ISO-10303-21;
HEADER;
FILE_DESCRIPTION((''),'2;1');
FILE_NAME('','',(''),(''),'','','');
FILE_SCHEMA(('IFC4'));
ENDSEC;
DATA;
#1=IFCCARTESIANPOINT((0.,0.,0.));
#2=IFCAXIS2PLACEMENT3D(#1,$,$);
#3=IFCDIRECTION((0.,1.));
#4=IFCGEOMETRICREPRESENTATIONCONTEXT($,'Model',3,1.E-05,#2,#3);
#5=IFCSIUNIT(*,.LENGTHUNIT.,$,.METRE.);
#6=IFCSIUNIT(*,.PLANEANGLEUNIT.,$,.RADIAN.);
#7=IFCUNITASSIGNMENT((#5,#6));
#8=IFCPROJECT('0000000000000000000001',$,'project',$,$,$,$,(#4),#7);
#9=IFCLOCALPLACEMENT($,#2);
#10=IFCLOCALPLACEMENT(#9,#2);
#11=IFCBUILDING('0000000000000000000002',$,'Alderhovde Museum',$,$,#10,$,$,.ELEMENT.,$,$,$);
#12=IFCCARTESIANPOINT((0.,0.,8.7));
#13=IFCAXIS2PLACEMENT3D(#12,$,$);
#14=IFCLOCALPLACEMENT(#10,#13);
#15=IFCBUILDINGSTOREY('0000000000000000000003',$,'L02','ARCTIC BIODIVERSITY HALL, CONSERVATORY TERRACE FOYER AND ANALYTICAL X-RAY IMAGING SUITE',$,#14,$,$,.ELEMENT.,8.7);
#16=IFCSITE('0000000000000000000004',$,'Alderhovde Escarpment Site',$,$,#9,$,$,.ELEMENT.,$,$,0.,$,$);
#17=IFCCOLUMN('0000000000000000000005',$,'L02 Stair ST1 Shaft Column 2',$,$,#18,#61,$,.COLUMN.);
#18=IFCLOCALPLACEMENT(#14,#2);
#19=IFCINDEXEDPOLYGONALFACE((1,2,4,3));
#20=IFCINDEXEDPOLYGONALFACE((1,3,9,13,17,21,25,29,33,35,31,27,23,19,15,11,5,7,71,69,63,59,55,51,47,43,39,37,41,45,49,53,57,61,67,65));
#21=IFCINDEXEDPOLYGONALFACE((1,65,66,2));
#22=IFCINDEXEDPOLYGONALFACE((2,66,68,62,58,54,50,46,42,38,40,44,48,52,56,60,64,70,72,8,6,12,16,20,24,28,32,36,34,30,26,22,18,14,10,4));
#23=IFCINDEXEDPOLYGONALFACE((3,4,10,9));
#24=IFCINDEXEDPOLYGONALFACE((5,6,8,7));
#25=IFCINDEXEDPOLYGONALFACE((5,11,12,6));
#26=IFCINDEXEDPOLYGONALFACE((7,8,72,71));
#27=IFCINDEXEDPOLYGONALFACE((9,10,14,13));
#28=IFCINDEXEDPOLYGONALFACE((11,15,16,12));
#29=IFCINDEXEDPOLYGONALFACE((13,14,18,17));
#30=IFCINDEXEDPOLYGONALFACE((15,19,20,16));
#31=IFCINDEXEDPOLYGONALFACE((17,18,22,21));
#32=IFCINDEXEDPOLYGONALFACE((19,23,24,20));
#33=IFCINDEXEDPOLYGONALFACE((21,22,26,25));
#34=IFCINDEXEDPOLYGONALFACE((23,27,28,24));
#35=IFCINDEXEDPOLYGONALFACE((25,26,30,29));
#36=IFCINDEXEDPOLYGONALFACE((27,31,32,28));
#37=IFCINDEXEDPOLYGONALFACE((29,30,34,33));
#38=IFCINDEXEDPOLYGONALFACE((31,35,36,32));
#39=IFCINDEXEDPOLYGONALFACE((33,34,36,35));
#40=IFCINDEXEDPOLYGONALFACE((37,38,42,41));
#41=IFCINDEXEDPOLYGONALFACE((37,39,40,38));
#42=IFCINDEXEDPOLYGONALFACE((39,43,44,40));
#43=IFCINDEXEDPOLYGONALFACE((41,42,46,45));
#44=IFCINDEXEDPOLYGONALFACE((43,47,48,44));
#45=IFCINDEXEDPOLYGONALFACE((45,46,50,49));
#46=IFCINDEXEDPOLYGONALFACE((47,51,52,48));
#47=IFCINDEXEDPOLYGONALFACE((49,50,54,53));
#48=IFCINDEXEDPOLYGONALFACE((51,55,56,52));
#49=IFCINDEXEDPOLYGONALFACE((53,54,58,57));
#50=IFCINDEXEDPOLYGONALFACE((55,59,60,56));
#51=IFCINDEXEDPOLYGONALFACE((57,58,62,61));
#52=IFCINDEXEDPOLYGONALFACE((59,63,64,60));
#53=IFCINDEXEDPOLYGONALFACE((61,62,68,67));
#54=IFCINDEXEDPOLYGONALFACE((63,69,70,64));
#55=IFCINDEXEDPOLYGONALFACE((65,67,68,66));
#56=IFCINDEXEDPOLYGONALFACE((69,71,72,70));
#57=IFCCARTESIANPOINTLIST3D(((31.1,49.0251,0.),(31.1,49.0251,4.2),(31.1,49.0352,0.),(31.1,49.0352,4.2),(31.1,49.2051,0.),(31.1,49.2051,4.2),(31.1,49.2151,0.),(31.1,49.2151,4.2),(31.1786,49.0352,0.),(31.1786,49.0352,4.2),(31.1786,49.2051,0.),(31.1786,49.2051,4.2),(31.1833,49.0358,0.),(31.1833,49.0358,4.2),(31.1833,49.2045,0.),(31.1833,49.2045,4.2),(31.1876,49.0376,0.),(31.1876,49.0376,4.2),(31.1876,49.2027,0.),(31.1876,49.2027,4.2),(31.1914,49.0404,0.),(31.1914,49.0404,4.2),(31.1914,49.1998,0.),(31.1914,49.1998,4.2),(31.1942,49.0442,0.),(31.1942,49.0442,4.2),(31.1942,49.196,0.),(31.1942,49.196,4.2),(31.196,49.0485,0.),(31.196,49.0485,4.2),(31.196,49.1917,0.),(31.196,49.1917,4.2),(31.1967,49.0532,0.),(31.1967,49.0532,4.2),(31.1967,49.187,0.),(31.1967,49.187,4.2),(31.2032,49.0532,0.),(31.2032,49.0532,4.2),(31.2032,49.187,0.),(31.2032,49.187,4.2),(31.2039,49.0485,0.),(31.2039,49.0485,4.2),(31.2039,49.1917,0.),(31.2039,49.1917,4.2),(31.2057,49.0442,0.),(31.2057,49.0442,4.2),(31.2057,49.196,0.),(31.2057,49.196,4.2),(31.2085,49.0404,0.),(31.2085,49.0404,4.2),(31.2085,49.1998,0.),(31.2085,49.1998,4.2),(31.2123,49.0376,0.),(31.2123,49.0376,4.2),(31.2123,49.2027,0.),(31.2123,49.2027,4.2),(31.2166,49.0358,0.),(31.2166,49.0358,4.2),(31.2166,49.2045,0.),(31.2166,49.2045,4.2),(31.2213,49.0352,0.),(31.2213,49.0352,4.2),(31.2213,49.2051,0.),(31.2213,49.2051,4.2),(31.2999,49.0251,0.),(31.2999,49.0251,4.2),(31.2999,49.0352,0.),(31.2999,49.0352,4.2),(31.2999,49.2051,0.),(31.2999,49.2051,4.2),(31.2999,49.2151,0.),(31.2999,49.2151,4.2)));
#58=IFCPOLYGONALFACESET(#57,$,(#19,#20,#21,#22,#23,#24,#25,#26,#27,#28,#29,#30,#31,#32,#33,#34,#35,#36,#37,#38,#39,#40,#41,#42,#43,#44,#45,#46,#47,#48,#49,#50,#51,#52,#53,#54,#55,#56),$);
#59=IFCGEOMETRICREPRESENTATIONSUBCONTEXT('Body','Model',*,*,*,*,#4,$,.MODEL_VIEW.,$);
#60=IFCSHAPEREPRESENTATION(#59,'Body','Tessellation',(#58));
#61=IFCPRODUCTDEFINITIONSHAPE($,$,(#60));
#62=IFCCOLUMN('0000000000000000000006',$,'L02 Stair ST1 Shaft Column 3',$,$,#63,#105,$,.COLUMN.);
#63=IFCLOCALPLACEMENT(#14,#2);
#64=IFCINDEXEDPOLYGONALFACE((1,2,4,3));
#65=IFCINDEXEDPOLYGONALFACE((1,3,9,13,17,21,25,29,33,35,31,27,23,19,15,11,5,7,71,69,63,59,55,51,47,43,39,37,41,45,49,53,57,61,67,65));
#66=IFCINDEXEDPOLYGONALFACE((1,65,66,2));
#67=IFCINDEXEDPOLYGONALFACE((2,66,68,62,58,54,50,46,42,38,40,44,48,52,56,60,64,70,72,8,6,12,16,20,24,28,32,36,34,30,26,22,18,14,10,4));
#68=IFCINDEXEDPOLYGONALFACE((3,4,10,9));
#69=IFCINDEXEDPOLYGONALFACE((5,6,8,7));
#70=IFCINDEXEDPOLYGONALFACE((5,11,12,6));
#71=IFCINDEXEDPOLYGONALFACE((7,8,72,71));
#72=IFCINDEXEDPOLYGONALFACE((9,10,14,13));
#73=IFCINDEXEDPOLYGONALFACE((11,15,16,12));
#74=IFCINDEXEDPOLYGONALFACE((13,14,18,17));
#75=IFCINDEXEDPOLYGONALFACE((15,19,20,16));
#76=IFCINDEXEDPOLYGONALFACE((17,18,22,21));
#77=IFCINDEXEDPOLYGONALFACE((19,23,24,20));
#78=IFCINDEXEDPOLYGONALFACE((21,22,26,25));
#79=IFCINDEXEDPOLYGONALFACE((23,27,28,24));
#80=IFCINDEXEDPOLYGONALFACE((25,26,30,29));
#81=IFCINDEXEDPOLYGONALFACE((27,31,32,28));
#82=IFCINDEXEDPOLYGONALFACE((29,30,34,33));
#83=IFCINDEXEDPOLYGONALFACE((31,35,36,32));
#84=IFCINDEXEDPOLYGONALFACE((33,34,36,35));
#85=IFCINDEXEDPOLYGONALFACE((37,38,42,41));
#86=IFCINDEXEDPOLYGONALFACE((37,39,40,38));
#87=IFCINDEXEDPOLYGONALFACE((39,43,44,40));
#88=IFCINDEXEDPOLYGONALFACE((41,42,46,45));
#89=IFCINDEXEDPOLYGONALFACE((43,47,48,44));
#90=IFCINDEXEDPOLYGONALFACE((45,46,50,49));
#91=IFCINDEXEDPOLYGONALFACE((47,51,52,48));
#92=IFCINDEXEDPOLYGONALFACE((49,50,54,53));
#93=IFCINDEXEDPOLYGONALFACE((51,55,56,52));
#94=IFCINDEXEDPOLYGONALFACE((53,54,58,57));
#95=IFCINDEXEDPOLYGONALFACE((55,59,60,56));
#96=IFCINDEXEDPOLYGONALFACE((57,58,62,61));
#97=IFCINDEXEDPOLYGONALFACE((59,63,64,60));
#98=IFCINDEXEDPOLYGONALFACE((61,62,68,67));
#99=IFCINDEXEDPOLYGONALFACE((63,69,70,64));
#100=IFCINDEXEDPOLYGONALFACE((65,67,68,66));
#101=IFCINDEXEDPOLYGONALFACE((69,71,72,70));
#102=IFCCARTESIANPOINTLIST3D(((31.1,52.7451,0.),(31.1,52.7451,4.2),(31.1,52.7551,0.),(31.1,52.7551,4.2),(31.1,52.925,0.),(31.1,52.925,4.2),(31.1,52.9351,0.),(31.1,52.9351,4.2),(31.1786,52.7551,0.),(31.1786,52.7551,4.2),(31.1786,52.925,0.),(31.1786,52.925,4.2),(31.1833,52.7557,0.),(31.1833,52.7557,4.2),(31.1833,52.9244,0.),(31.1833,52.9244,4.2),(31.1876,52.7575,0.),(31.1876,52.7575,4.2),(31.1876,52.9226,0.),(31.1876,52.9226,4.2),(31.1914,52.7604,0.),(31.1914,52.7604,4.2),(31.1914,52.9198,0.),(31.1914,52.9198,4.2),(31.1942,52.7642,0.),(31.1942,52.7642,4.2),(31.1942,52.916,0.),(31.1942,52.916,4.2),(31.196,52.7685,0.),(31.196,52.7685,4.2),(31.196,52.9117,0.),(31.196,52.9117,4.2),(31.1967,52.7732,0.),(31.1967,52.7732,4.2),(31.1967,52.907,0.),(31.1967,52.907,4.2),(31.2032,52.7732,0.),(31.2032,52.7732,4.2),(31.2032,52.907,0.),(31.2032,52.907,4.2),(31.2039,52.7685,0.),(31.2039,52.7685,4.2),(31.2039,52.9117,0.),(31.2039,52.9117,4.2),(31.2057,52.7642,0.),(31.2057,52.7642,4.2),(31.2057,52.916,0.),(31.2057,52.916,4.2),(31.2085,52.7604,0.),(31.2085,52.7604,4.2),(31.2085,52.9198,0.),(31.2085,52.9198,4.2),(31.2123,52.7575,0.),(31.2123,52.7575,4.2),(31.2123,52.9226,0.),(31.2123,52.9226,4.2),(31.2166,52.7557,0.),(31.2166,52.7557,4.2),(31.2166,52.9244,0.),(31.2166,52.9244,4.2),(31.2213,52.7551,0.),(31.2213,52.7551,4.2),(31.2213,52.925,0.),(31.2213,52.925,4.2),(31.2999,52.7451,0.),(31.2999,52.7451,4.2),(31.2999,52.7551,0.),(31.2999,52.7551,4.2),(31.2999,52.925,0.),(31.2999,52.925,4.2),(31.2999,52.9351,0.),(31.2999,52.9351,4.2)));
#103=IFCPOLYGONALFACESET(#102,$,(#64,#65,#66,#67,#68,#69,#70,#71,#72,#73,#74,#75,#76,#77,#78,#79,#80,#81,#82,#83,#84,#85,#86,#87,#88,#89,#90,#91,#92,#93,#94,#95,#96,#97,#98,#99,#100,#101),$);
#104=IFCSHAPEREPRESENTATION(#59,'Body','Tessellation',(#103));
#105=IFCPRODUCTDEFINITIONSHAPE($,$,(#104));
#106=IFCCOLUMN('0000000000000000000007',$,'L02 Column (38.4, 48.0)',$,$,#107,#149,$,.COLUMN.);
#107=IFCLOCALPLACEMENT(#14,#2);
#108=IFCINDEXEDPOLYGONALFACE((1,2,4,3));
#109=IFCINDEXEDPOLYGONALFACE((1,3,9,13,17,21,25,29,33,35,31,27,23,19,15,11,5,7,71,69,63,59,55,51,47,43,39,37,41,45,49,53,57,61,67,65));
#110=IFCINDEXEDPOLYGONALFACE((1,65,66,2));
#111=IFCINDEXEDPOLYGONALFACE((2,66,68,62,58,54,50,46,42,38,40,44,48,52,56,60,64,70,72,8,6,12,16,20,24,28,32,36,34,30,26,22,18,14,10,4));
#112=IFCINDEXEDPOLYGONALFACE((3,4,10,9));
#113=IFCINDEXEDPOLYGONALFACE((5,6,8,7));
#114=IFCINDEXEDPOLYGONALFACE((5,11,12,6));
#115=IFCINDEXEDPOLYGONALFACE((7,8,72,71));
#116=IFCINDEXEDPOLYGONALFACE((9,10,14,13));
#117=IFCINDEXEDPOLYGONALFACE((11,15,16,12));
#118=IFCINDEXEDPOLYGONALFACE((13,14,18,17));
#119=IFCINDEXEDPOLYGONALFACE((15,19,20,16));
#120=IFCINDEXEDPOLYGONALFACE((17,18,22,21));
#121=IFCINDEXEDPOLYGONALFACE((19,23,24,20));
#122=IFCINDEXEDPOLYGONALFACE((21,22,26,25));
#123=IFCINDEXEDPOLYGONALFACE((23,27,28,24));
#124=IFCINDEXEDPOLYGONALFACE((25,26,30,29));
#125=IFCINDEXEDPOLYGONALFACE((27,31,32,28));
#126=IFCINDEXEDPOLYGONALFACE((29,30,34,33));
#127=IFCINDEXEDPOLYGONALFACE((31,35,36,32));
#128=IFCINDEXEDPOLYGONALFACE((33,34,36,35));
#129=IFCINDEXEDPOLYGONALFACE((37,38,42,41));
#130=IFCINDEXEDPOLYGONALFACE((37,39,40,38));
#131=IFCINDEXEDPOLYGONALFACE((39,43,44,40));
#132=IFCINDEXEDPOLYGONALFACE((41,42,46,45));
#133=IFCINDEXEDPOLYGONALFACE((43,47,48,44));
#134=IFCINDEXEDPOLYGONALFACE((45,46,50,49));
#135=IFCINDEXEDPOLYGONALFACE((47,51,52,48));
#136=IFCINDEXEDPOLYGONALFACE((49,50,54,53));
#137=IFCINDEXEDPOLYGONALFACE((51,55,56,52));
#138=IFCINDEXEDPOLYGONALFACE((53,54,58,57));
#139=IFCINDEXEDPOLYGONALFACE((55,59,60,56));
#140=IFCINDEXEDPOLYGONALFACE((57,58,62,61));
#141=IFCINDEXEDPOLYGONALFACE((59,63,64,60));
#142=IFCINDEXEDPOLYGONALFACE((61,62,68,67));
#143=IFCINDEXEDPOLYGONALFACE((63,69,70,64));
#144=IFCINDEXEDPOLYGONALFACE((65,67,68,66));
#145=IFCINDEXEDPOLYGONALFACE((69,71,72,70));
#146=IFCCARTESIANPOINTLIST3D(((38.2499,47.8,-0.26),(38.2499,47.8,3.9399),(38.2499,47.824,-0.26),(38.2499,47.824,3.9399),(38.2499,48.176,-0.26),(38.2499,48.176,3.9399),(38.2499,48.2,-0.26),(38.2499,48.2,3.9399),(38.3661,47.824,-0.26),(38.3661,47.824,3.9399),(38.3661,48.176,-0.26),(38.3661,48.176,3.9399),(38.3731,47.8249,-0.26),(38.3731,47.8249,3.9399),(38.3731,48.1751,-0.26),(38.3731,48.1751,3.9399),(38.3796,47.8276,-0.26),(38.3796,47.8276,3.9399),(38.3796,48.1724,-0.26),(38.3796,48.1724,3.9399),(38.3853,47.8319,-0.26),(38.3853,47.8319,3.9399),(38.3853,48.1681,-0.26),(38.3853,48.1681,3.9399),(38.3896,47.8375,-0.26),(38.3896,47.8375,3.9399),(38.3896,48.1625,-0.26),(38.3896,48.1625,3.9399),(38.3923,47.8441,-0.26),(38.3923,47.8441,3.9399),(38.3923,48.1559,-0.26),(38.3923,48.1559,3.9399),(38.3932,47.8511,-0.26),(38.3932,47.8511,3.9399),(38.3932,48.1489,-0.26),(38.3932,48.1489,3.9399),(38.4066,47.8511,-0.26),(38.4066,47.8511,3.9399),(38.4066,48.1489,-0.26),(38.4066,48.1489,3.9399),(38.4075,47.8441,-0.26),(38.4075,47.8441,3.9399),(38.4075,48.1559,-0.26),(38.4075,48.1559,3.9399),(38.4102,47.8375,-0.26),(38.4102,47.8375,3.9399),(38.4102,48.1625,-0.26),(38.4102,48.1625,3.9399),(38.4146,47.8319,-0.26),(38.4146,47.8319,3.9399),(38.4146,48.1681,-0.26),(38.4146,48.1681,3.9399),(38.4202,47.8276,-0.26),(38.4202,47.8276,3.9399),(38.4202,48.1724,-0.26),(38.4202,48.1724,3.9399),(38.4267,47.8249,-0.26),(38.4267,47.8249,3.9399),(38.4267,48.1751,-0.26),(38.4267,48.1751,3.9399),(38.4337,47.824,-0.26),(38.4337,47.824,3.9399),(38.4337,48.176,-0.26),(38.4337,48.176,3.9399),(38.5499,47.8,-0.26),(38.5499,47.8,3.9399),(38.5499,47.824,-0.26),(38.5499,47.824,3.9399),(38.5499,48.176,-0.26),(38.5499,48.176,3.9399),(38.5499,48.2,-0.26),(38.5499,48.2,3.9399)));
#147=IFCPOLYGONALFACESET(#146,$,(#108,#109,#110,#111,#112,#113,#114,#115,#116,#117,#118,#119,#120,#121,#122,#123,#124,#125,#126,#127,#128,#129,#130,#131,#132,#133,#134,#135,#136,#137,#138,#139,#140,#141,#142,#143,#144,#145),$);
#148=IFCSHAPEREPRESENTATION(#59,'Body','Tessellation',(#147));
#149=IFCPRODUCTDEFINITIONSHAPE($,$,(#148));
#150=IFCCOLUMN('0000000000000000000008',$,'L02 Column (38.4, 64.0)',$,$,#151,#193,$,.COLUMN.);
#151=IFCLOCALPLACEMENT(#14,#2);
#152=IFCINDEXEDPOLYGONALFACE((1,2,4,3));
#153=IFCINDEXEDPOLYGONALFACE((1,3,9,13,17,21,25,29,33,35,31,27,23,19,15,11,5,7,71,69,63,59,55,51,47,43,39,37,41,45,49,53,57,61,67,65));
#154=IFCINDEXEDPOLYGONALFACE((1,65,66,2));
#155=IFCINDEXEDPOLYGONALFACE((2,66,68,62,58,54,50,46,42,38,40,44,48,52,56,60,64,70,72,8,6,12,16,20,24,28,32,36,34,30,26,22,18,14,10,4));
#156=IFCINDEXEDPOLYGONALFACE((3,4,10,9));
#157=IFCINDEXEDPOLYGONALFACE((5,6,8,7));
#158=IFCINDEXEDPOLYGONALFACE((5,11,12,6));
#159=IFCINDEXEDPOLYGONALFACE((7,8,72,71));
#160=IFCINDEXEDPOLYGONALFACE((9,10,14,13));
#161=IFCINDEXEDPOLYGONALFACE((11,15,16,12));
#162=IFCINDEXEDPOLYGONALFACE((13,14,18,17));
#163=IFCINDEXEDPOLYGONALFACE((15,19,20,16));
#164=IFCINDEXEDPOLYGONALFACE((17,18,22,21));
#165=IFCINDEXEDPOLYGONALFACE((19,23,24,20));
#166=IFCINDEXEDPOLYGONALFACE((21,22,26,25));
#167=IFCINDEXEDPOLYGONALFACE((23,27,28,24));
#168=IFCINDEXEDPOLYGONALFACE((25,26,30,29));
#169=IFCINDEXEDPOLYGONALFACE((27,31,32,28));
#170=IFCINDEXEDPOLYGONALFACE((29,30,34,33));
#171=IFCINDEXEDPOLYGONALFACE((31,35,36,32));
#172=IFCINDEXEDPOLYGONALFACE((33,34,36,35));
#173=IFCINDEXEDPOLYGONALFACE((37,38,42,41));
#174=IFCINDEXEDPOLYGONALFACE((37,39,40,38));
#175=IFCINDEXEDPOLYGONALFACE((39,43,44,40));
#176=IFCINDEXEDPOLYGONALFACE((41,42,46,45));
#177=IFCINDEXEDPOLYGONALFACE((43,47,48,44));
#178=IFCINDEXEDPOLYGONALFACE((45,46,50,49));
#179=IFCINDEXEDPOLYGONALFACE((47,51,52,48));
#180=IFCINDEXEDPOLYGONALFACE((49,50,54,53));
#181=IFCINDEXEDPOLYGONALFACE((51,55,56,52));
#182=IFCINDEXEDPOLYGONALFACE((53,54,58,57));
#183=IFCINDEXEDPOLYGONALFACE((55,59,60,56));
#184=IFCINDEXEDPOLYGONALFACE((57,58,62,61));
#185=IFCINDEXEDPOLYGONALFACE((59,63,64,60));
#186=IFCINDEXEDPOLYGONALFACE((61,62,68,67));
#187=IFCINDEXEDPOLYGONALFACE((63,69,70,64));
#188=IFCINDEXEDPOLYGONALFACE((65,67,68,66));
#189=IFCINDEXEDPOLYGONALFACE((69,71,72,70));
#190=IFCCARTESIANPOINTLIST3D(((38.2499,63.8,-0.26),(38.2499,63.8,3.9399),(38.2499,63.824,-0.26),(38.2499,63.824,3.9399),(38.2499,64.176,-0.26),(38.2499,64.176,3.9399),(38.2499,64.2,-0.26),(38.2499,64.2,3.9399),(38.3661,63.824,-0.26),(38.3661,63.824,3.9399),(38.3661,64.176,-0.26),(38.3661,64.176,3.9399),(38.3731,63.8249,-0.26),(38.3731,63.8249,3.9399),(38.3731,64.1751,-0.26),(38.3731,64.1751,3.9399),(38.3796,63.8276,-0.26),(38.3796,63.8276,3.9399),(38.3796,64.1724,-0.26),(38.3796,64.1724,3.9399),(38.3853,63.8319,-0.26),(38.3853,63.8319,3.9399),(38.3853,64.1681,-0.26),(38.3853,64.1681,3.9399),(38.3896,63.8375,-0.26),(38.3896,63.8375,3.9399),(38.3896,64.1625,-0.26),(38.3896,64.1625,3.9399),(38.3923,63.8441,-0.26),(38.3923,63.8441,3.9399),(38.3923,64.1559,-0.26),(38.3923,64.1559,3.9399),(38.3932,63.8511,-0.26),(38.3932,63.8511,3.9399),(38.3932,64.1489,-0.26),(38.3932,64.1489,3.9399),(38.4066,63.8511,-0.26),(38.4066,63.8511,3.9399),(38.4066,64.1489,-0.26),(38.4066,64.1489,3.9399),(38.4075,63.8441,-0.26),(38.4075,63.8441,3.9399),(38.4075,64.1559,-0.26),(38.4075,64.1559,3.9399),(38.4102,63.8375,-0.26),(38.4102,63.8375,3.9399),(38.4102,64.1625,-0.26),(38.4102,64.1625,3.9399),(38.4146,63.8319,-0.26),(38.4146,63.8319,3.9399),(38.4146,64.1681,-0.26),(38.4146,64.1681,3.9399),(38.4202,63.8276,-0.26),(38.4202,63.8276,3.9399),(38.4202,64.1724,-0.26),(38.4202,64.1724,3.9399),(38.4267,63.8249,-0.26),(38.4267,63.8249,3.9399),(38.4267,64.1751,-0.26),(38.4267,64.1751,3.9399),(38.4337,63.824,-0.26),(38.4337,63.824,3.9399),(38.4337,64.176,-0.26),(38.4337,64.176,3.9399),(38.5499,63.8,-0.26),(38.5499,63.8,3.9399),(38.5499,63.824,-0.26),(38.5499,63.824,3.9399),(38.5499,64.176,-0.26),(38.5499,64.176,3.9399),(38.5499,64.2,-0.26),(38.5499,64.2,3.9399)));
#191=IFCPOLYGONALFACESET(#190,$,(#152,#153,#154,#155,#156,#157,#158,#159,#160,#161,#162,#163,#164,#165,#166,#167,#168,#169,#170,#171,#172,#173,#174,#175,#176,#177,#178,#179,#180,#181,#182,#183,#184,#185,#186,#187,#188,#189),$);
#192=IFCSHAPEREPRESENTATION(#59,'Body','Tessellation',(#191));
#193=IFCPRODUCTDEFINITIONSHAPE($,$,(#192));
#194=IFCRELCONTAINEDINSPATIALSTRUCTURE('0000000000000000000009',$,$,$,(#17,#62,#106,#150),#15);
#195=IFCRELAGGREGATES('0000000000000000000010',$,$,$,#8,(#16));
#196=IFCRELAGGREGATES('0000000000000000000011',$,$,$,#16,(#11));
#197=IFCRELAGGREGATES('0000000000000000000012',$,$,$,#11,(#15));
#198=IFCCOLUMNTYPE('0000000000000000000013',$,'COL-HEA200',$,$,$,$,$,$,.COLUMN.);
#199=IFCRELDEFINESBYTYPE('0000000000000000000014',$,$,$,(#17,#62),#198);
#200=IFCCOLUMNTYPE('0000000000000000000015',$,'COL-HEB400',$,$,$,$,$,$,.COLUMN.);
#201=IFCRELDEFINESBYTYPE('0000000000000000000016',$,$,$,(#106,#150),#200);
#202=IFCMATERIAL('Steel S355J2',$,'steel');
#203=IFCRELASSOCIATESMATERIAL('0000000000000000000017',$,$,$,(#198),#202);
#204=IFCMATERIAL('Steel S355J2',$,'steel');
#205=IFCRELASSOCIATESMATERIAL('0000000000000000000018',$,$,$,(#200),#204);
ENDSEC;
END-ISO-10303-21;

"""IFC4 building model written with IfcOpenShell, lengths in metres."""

from ifc_helpers import new_model, si_unit, direction, frame, origin, origin_2d, place, context, subcontext, project, spatial, i_section, extrude, material, material_profile, profile_set, type_object, element, save


model = new_model("IFC4")

# Units and contexts
model_context = context("Model", 3, precision=1e-05, world=origin(), true_north=direction((0.0, 1.0)))
body_context = subcontext(model_context, "Body", "Model", "MODEL_VIEW")
ifc_project = project(units=[si_unit("LENGTHUNIT", "METRE"), si_unit("PLANEANGLEUNIT", "RADIAN")], contexts=[model_context])

# Site, building, storey
site_placement = place(None, origin())
site = spatial("IfcSite", under=ifc_project, at=site_placement, Name="Alderhovde Escarpment Site", CompositionType="ELEMENT", RefElevation=0.0)
building_placement = place(site_placement, origin())
building = spatial("IfcBuilding", under=site, at=building_placement, Name="Alderhovde Museum", CompositionType="ELEMENT")
storey_placement = place(building_placement, frame((0.0, 0.0, 8.7)))
storey = spatial("IfcBuildingStorey", under=building, at=storey_placement, Name="L02", Description="ARCTIC BIODIVERSITY HALL, CONSERVATORY TERRACE FOYER AND ANALYTICAL X-RAY IMAGING SUITE", CompositionType="ELEMENT", Elevation=8.7)

# Columns
ifc_material_1 = material(Name="Steel S355J2", Category="steel")
ifc_material_profile_1 = material_profile(ifc_material_1, i_section(OverallWidth=0.2, OverallDepth=0.1899, WebThickness=0.0066, FlangeThickness=0.01, FilletRadius=0.0181, at=origin_2d()), Name="HEA 200")
ifc_profile_set_1 = profile_set([ifc_material_profile_1], Name="Steel S355J2")
column_type_1 = type_object("IfcColumnType", Name="COL-HEA200", PredefinedType="COLUMN", material=ifc_profile_set_1)
for number, where, z_axis, x_axis, name in (
    (1, (31.2, 49.1201, 0.0), (0.0, 0.0, 1.0), (1.0, 0.0, 0.0), "L02 Stair ST1 Shaft Column 2"),
    (2, (31.2, 52.8401, 0.0), (0.0, 0.0, 1.0), (1.0, 0.0, 0.0), "L02 Stair ST1 Shaft Column 3"),
):
    element("IfcColumn", number, at=place(storey_placement, frame(where, z_axis=z_axis, x_axis=x_axis)), inside=storey, type_object=column_type_1, Name=name, PredefinedType="COLUMN", context=body_context, shape_type="SweptSolid", body=[
        extrude(i_section(OverallWidth=0.2, OverallDepth=0.1899, WebThickness=0.0066, FlangeThickness=0.01, FilletRadius=0.0181, at=origin_2d()), origin(), (0.0, 0.0, 1.0), 4.2),
    ])
ifc_material_2 = material(Name="Steel S355J2", Category="steel")
ifc_material_profile_2 = material_profile(ifc_material_2, i_section(OverallWidth=0.3, OverallDepth=0.3999, WebThickness=0.0134, FlangeThickness=0.0239, FilletRadius=0.0271, at=origin_2d()), Name="HEB 400")
ifc_profile_set_2 = profile_set([ifc_material_profile_2], Name="Steel S355J2")
column_type_2 = type_object("IfcColumnType", Name="COL-HEB400", PredefinedType="COLUMN", material=ifc_profile_set_2)
for number, where, z_axis, x_axis, name in (
    (3, (38.3999, 48.0, -0.26), (0.0, 0.0, 1.0), (1.0, 0.0, 0.0), "L02 Column (38.4, 48.0)"),
    (4, (38.3999, 64.0, -0.26), (0.0, 0.0, 1.0), (1.0, 0.0, 0.0), "L02 Column (38.4, 64.0)"),
):
    element("IfcColumn", number, at=place(storey_placement, frame(where, z_axis=z_axis, x_axis=x_axis)), inside=storey, type_object=column_type_2, Name=name, PredefinedType="COLUMN", context=body_context, shape_type="SweptSolid", body=[
        extrude(i_section(OverallWidth=0.3, OverallDepth=0.3999, WebThickness=0.0134, FlangeThickness=0.0239, FilletRadius=0.0271, at=origin_2d()), origin(), (0.0, 0.0, 1.0), 4.2),
    ])

save(model, "model.ifc")
